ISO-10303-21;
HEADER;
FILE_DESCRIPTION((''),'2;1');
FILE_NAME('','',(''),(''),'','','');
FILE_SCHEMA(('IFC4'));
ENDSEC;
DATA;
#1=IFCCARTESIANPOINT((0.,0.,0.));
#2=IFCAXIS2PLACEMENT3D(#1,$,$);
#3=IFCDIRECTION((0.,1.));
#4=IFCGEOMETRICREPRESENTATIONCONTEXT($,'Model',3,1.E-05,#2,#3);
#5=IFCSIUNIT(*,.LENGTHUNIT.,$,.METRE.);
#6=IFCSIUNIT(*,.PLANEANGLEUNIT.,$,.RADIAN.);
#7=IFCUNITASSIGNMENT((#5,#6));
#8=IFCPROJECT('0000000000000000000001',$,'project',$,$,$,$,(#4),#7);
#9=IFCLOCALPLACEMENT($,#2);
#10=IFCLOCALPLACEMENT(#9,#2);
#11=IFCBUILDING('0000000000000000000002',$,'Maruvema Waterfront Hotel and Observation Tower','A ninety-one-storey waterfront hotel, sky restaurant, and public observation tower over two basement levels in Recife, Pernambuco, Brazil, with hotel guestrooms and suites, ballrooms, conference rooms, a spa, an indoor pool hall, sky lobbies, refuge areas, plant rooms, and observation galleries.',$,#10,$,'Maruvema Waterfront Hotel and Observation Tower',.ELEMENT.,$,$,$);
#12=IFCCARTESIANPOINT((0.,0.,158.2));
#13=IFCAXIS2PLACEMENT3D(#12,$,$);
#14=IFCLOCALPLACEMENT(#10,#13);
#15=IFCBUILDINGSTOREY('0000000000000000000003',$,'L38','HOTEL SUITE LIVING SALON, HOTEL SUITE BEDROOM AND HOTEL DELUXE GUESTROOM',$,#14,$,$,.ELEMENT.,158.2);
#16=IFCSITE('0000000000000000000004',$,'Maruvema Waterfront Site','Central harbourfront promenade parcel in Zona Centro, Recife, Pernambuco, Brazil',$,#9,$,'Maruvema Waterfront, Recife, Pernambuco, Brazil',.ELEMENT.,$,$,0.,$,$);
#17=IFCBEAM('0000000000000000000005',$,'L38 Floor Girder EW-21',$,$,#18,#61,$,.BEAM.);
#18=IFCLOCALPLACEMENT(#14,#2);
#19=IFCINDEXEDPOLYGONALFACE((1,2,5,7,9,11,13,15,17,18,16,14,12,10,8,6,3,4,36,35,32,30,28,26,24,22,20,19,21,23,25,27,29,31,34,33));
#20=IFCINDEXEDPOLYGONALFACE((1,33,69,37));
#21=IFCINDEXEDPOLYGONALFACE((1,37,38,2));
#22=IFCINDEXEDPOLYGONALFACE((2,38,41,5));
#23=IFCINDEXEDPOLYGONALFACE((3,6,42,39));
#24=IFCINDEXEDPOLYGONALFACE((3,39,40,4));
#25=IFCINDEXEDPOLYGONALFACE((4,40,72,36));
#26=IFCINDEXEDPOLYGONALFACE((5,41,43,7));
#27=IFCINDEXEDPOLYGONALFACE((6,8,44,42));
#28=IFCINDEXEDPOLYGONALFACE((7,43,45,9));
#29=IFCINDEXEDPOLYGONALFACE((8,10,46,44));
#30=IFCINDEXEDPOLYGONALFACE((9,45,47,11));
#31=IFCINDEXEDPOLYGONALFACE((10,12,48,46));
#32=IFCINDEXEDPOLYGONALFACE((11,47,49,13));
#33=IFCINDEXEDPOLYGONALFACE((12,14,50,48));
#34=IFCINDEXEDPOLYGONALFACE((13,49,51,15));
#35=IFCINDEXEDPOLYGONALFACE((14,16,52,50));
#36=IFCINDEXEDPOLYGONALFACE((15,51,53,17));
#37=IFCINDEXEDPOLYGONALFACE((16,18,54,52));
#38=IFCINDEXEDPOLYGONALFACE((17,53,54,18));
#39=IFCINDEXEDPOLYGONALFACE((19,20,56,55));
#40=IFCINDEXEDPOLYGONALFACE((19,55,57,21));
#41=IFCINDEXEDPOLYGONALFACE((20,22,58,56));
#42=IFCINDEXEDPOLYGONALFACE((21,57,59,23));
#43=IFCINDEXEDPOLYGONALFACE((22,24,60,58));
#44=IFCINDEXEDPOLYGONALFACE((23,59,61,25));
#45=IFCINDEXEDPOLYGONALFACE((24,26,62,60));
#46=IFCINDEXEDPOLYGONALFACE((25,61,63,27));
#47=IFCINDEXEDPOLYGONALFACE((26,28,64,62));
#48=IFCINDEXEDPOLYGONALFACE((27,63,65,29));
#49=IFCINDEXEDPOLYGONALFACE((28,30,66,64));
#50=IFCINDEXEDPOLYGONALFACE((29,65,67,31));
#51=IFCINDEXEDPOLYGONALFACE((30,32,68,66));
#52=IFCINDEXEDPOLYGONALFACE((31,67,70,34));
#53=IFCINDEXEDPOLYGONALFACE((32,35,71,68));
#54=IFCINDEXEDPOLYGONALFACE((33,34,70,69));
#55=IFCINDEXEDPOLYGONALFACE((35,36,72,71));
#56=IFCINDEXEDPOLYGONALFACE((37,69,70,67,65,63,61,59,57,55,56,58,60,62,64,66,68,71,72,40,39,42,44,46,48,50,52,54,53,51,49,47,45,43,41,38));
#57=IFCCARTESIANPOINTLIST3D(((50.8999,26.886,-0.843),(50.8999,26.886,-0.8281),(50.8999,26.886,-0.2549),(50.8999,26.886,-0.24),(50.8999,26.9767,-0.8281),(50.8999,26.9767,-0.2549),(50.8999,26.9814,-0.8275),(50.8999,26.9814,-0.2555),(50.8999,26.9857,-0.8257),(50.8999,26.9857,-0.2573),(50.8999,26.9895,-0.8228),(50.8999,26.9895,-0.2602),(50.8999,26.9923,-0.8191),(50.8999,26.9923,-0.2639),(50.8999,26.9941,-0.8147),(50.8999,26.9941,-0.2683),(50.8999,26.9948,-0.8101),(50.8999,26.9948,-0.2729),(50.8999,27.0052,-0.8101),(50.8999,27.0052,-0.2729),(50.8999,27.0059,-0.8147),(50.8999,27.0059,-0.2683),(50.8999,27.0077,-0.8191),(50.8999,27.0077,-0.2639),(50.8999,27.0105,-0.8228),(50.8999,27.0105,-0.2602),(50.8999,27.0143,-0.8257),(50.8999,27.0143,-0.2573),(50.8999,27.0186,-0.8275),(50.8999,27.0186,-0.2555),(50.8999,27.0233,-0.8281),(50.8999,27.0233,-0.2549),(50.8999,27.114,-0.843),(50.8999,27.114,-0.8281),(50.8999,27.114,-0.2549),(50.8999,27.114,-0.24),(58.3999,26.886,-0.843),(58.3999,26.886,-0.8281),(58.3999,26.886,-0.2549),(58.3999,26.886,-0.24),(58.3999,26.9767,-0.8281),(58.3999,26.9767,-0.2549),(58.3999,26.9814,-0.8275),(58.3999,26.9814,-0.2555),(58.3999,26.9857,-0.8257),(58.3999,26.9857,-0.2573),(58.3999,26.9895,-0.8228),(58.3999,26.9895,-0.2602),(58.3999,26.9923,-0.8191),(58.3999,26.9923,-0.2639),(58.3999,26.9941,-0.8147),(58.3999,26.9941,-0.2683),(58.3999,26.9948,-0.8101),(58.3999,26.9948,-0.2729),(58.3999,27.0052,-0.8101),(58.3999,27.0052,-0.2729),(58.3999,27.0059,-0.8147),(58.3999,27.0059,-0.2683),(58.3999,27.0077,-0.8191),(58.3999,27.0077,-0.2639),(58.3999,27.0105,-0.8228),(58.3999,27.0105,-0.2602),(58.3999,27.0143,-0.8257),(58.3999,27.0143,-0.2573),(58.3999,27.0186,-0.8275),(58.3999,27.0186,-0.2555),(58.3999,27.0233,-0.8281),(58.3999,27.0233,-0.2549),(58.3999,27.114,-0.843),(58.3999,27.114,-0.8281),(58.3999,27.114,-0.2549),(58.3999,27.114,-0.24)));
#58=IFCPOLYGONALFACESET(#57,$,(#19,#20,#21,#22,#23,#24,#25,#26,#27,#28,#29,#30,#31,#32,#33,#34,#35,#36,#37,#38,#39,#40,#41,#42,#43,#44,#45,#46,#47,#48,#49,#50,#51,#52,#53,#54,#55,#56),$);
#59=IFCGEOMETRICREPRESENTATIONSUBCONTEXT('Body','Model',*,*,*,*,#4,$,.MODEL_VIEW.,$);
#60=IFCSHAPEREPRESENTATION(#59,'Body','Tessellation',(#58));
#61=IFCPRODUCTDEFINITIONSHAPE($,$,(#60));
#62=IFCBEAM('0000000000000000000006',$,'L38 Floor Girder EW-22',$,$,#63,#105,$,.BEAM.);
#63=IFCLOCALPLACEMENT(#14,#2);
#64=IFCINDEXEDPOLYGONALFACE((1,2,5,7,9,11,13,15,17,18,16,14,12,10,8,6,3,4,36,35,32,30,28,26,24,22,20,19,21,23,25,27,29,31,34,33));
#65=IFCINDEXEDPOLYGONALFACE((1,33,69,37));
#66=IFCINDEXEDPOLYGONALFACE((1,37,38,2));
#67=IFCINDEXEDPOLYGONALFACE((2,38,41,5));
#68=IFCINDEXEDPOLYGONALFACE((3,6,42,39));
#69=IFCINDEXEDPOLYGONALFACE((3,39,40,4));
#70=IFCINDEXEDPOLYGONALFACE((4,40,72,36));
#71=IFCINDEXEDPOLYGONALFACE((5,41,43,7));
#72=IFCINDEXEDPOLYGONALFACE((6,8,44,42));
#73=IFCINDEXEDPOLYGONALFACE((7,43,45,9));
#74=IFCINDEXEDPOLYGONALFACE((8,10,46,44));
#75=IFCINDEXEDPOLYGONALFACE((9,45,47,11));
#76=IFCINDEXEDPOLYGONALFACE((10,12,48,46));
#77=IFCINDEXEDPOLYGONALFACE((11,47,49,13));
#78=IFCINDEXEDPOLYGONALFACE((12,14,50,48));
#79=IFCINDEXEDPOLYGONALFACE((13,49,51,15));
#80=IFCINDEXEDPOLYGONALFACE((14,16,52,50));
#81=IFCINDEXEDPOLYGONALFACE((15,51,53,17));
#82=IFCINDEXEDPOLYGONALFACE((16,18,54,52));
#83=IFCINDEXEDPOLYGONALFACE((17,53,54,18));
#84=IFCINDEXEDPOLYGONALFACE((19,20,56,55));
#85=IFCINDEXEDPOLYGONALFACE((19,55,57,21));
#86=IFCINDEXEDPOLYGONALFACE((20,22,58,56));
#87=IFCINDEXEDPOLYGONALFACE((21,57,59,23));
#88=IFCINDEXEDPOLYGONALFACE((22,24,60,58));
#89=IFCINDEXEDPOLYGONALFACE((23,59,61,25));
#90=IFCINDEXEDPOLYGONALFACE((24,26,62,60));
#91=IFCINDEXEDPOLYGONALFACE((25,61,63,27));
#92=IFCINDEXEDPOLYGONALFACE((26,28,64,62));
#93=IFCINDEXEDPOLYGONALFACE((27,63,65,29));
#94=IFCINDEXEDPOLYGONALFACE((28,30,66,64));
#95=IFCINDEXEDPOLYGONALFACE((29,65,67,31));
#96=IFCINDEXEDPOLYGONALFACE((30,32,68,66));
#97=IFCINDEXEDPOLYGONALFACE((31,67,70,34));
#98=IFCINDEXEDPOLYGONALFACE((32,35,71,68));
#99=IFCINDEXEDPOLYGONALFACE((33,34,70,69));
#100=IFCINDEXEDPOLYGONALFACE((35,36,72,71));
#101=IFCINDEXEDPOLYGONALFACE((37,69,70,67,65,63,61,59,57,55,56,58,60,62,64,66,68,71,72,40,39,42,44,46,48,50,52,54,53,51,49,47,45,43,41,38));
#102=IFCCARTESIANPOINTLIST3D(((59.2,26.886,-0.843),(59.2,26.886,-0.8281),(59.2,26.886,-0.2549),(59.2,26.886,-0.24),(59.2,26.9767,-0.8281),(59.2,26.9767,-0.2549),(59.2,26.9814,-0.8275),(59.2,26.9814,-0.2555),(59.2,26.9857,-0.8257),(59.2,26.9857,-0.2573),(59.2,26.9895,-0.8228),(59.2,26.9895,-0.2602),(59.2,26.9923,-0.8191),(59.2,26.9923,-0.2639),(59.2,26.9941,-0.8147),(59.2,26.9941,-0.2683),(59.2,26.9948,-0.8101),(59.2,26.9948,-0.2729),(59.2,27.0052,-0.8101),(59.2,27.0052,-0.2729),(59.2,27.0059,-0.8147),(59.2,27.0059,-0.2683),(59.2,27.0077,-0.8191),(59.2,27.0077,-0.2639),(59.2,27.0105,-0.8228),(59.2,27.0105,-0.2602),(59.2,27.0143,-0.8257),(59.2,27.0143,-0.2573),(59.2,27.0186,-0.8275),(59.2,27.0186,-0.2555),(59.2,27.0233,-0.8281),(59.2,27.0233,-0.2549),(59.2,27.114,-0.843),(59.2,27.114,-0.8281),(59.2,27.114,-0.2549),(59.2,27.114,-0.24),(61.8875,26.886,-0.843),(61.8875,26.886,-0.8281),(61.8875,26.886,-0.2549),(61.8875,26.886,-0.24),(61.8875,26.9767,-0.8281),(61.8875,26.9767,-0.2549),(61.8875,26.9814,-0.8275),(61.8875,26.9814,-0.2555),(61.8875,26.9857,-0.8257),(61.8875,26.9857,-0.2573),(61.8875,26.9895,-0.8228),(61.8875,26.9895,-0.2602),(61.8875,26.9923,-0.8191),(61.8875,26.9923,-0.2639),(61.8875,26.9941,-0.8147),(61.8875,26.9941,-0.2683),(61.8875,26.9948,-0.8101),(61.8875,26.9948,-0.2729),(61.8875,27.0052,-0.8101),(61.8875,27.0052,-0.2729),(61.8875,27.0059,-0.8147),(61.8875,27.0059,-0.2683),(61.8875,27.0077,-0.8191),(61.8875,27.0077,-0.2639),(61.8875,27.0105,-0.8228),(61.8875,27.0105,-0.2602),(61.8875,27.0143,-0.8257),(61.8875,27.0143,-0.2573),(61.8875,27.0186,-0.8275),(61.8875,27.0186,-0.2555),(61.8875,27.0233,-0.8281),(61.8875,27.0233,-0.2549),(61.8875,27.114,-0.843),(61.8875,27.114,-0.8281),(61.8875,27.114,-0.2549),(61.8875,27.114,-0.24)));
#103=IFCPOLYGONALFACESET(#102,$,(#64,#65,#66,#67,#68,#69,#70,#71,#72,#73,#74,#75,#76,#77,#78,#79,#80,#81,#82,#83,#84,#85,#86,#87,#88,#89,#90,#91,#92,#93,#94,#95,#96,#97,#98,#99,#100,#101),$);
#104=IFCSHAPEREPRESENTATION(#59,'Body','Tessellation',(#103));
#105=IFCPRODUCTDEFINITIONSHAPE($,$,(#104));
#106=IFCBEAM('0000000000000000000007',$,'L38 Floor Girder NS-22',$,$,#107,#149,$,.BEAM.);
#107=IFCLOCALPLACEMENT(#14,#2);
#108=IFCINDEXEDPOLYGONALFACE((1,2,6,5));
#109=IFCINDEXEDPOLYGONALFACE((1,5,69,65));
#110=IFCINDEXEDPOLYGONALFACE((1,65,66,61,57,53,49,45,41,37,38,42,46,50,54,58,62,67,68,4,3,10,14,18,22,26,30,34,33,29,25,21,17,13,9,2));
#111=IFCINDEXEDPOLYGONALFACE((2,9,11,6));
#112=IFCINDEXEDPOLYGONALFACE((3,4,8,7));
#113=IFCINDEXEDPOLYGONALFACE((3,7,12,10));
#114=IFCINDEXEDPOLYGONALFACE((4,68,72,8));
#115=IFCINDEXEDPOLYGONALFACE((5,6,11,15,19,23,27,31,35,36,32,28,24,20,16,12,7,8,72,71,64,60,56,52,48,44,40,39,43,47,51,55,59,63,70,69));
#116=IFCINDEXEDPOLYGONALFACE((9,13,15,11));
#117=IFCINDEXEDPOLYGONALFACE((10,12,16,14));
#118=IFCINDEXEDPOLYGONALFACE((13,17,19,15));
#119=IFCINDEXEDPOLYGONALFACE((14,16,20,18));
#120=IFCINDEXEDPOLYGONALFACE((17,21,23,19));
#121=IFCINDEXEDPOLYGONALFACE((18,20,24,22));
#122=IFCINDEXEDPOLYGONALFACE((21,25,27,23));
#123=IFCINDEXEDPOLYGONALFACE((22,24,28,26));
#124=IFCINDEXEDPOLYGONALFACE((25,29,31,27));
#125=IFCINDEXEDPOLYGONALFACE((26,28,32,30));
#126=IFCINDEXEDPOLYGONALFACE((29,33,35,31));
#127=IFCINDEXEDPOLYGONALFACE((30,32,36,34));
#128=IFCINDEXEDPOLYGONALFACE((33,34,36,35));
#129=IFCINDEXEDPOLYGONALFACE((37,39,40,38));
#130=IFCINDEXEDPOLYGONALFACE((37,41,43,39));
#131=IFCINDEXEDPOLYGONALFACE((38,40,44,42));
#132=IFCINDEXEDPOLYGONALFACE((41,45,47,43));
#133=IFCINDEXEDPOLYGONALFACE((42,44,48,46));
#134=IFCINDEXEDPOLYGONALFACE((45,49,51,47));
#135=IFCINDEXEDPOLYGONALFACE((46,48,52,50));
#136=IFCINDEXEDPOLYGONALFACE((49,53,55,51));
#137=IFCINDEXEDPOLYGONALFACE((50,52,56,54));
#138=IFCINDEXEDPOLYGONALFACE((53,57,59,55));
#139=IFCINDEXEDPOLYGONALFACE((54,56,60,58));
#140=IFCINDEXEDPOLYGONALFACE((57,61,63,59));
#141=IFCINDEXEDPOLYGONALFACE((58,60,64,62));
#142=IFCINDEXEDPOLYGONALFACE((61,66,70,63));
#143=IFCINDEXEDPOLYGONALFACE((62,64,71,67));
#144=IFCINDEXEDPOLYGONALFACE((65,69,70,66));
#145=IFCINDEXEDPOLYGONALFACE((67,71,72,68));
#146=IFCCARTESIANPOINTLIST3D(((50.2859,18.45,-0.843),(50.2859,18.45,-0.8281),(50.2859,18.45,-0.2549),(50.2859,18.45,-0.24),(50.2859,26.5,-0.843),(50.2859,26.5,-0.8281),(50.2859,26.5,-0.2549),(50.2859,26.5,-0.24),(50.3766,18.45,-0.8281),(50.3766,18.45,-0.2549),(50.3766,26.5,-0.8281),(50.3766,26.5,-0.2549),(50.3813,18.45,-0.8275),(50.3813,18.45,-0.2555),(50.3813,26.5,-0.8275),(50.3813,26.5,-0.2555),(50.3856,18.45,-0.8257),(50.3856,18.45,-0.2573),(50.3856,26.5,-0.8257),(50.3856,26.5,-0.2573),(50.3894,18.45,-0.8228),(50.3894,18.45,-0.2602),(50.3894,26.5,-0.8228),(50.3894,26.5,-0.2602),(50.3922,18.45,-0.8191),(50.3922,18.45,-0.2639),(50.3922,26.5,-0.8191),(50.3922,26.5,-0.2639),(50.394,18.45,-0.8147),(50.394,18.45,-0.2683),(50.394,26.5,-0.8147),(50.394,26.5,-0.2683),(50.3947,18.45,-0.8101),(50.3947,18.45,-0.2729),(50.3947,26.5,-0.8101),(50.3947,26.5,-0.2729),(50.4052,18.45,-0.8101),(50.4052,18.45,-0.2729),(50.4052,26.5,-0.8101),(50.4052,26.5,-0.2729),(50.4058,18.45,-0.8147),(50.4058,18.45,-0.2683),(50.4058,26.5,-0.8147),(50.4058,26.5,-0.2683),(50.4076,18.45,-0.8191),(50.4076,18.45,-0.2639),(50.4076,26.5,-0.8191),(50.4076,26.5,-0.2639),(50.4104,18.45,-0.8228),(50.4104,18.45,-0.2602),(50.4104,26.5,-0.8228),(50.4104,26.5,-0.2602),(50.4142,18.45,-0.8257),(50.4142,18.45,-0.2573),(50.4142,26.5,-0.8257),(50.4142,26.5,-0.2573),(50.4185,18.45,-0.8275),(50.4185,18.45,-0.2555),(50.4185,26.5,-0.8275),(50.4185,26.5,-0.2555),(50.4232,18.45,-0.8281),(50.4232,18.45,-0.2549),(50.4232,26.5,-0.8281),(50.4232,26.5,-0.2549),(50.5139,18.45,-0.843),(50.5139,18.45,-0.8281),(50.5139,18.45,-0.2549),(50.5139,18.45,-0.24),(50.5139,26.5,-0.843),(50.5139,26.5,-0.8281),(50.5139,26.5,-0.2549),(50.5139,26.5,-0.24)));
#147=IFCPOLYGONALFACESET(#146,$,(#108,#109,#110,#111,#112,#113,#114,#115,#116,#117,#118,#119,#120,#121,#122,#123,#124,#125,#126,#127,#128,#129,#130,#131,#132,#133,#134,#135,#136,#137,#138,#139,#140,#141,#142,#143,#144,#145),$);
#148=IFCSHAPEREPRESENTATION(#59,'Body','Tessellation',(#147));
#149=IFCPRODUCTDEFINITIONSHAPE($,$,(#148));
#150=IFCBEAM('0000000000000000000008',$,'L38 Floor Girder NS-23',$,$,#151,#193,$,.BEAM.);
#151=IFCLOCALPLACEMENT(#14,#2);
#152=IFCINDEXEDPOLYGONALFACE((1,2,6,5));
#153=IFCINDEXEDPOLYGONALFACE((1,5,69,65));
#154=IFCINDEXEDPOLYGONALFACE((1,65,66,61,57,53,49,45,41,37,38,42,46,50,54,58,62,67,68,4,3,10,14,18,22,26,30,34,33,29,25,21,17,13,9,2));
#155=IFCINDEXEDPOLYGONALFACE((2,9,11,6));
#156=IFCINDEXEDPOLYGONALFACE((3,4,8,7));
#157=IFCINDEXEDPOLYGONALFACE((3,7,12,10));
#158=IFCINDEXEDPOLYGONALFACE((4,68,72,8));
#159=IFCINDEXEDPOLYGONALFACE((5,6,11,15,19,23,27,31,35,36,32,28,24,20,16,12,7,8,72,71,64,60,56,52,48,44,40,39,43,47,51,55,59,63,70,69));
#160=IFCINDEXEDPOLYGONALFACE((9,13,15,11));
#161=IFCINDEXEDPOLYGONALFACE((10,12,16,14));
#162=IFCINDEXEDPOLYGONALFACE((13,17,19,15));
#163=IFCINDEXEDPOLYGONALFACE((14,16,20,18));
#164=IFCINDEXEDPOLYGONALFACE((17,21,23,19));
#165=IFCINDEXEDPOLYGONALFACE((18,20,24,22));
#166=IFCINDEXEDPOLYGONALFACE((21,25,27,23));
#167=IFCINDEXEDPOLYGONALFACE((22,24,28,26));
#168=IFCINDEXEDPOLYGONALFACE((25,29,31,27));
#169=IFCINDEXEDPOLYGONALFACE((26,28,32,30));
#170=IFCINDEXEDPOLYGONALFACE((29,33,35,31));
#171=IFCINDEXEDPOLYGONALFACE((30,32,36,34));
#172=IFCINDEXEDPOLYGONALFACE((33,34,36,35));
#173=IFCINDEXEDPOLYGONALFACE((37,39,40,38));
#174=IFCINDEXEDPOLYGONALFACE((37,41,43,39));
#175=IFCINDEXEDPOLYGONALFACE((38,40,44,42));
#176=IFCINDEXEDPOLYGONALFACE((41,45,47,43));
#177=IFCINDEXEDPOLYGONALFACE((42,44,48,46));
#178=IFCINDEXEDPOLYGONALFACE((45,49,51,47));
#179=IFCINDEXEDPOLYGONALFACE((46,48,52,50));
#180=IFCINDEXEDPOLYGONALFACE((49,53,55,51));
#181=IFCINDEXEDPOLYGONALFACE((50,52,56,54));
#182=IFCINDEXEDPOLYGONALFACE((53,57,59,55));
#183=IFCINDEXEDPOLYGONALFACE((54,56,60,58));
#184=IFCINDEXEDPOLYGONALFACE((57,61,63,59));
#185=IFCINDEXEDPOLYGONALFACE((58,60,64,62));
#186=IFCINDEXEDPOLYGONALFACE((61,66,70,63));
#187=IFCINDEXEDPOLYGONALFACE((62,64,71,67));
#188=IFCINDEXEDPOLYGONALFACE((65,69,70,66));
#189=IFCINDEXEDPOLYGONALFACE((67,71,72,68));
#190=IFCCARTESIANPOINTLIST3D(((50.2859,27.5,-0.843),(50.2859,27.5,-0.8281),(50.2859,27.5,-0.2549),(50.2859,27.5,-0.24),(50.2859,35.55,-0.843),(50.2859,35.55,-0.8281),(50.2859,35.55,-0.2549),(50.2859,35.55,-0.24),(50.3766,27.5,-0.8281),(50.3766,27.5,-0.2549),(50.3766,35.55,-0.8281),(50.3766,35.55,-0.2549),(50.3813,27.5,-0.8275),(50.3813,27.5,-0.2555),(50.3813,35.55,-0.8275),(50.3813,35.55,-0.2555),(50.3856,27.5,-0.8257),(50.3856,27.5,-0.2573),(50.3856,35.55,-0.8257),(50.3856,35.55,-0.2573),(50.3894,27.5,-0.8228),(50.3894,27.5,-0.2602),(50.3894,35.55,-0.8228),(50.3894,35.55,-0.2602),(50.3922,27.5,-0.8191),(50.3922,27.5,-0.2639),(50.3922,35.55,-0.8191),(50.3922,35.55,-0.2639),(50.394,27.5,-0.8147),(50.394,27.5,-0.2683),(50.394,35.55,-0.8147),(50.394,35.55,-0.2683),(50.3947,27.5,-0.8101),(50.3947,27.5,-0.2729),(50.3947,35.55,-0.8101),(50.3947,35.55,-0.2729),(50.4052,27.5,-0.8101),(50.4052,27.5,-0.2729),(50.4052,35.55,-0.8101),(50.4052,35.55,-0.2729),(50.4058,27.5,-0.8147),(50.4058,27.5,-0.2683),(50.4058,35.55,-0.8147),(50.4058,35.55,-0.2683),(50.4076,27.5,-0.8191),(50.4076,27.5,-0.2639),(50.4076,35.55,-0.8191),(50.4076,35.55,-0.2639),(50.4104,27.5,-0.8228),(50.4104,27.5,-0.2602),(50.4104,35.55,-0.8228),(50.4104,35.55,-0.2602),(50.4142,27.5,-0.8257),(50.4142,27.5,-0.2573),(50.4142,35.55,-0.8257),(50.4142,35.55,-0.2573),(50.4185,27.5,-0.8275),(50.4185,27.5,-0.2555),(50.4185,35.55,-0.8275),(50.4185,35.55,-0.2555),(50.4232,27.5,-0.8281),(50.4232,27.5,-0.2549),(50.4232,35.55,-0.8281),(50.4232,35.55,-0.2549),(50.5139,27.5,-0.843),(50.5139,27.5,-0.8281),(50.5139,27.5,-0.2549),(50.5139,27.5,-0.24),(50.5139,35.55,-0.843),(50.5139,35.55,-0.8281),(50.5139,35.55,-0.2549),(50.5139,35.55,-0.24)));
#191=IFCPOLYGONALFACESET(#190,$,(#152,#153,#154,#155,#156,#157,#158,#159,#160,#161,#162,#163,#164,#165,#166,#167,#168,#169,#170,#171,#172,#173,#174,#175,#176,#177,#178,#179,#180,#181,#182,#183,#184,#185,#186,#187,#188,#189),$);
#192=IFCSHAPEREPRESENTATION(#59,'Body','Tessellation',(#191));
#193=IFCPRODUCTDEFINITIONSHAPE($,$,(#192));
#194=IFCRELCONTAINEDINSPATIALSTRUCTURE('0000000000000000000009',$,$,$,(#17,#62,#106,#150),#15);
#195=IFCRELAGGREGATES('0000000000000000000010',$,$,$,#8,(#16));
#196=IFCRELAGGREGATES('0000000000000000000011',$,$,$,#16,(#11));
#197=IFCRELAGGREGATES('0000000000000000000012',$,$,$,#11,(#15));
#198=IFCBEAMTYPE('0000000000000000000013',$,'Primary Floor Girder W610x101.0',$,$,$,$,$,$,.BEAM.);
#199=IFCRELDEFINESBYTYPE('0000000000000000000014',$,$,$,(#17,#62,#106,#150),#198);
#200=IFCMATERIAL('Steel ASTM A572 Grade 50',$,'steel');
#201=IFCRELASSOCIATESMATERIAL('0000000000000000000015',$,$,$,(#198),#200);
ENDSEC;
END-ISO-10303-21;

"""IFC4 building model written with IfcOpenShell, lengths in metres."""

from ifc_helpers import new_model, si_unit, direction, frame, origin, origin_2d, place, context, subcontext, project, spatial, i_section, extrude, material, material_profile, profile_set, type_object, element, save


model = new_model("IFC4")

# Units and contexts
model_context = context("Model", 3, precision=1e-05, world=origin(), true_north=direction((0.0, 1.0)))
body_context = subcontext(model_context, "Body", "Model", "MODEL_VIEW")
ifc_project = project(units=[si_unit("LENGTHUNIT", "METRE"), si_unit("PLANEANGLEUNIT", "RADIAN")], contexts=[model_context])

# Site, building, storey
site_placement = place(None, origin())
site = spatial("IfcSite", under=ifc_project, at=site_placement, Name="Maruvema Waterfront Site", Description="Central harbourfront promenade parcel in Zona Centro, Recife, Pernambuco, Brazil", LongName="Maruvema Waterfront, Recife, Pernambuco, Brazil", CompositionType="ELEMENT", RefElevation=0.0)
building_placement = place(site_placement, origin())
building = spatial("IfcBuilding", under=site, at=building_placement, Name="Maruvema Waterfront Hotel and Observation Tower", Description="A ninety-one-storey waterfront hotel, sky restaurant, and public observation tower over two basement levels in Recife, Pernambuco, Brazil, with hotel guestrooms and suites, ballrooms, conference rooms, a spa, an indoor pool hall, sky lobbies, refuge areas, plant rooms, and observation galleries.", LongName="Maruvema Waterfront Hotel and Observation Tower", CompositionType="ELEMENT")
storey_placement = place(building_placement, frame((0.0, 0.0, 158.2)))
storey = spatial("IfcBuildingStorey", under=building, at=storey_placement, Name="L38", Description="HOTEL SUITE LIVING SALON, HOTEL SUITE BEDROOM AND HOTEL DELUXE GUESTROOM", CompositionType="ELEMENT", Elevation=158.2)

# Beams
ifc_material_1 = material(Name="Steel ASTM A572 Grade 50", Category="steel")
ifc_material_profile_1 = material_profile(ifc_material_1, i_section(OverallWidth=0.228, OverallDepth=0.603, WebThickness=0.0105, FlangeThickness=0.0149, FilletRadius=0.0181, at=origin_2d()), Name="W610x101.0")
ifc_profile_set_1 = profile_set([ifc_material_profile_1], Name="Steel ASTM A572 Grade 50")
beam_type_1 = type_object("IfcBeamType", Name="Primary Floor Girder W610x101.0", PredefinedType="BEAM", material=ifc_profile_set_1)
beam_1_placement = place(storey_placement, frame((50.8999, 27.0, -0.5415), z_axis=(1.0, 0.0, 0.0), x_axis=(0.0, 1.0, 0.0)))
element("IfcBeam", 1, at=beam_1_placement, inside=storey, type_object=beam_type_1, Name="L38 Floor Girder EW-21", PredefinedType="BEAM", context=body_context, shape_type="SweptSolid", body=[
    extrude(i_section(OverallWidth=0.228, OverallDepth=0.603, WebThickness=0.0105, FlangeThickness=0.0149, FilletRadius=0.0181, at=origin_2d()), origin(), (0.0, 0.0, 1.0), 7.5),
])
beam_2_placement = place(storey_placement, frame((59.2, 27.0, -0.5415), z_axis=(1.0, 0.0, 0.0), x_axis=(0.0, 1.0, 0.0)))
element("IfcBeam", 2, at=beam_2_placement, inside=storey, type_object=beam_type_1, Name="L38 Floor Girder EW-22", PredefinedType="BEAM", context=body_context, shape_type="SweptSolid", body=[
    extrude(i_section(OverallWidth=0.228, OverallDepth=0.603, WebThickness=0.0105, FlangeThickness=0.0149, FilletRadius=0.0181, at=origin_2d()), origin(), (0.0, 0.0, 1.0), 2.6875),
])
for number, where, z_axis, x_axis, name in (
    (3, (50.3999, 18.45, -0.5415), (0.0, 1.0, 0.0), (-1.0, 0.0, 0.0), "L38 Floor Girder NS-22"),
    (4, (50.3999, 27.5, -0.5415), (0.0, 1.0, 0.0), (-1.0, 0.0, 0.0), "L38 Floor Girder NS-23"),
):
    element("IfcBeam", number, at=place(storey_placement, frame(where, z_axis=z_axis, x_axis=x_axis)), inside=storey, type_object=beam_type_1, Name=name, PredefinedType="BEAM", context=body_context, shape_type="SweptSolid", body=[
        extrude(i_section(OverallWidth=0.228, OverallDepth=0.603, WebThickness=0.0105, FlangeThickness=0.0149, FilletRadius=0.0181, at=origin_2d()), origin(), (0.0, 0.0, 1.0), 8.05),
    ])

save(model, "model.ifc")
